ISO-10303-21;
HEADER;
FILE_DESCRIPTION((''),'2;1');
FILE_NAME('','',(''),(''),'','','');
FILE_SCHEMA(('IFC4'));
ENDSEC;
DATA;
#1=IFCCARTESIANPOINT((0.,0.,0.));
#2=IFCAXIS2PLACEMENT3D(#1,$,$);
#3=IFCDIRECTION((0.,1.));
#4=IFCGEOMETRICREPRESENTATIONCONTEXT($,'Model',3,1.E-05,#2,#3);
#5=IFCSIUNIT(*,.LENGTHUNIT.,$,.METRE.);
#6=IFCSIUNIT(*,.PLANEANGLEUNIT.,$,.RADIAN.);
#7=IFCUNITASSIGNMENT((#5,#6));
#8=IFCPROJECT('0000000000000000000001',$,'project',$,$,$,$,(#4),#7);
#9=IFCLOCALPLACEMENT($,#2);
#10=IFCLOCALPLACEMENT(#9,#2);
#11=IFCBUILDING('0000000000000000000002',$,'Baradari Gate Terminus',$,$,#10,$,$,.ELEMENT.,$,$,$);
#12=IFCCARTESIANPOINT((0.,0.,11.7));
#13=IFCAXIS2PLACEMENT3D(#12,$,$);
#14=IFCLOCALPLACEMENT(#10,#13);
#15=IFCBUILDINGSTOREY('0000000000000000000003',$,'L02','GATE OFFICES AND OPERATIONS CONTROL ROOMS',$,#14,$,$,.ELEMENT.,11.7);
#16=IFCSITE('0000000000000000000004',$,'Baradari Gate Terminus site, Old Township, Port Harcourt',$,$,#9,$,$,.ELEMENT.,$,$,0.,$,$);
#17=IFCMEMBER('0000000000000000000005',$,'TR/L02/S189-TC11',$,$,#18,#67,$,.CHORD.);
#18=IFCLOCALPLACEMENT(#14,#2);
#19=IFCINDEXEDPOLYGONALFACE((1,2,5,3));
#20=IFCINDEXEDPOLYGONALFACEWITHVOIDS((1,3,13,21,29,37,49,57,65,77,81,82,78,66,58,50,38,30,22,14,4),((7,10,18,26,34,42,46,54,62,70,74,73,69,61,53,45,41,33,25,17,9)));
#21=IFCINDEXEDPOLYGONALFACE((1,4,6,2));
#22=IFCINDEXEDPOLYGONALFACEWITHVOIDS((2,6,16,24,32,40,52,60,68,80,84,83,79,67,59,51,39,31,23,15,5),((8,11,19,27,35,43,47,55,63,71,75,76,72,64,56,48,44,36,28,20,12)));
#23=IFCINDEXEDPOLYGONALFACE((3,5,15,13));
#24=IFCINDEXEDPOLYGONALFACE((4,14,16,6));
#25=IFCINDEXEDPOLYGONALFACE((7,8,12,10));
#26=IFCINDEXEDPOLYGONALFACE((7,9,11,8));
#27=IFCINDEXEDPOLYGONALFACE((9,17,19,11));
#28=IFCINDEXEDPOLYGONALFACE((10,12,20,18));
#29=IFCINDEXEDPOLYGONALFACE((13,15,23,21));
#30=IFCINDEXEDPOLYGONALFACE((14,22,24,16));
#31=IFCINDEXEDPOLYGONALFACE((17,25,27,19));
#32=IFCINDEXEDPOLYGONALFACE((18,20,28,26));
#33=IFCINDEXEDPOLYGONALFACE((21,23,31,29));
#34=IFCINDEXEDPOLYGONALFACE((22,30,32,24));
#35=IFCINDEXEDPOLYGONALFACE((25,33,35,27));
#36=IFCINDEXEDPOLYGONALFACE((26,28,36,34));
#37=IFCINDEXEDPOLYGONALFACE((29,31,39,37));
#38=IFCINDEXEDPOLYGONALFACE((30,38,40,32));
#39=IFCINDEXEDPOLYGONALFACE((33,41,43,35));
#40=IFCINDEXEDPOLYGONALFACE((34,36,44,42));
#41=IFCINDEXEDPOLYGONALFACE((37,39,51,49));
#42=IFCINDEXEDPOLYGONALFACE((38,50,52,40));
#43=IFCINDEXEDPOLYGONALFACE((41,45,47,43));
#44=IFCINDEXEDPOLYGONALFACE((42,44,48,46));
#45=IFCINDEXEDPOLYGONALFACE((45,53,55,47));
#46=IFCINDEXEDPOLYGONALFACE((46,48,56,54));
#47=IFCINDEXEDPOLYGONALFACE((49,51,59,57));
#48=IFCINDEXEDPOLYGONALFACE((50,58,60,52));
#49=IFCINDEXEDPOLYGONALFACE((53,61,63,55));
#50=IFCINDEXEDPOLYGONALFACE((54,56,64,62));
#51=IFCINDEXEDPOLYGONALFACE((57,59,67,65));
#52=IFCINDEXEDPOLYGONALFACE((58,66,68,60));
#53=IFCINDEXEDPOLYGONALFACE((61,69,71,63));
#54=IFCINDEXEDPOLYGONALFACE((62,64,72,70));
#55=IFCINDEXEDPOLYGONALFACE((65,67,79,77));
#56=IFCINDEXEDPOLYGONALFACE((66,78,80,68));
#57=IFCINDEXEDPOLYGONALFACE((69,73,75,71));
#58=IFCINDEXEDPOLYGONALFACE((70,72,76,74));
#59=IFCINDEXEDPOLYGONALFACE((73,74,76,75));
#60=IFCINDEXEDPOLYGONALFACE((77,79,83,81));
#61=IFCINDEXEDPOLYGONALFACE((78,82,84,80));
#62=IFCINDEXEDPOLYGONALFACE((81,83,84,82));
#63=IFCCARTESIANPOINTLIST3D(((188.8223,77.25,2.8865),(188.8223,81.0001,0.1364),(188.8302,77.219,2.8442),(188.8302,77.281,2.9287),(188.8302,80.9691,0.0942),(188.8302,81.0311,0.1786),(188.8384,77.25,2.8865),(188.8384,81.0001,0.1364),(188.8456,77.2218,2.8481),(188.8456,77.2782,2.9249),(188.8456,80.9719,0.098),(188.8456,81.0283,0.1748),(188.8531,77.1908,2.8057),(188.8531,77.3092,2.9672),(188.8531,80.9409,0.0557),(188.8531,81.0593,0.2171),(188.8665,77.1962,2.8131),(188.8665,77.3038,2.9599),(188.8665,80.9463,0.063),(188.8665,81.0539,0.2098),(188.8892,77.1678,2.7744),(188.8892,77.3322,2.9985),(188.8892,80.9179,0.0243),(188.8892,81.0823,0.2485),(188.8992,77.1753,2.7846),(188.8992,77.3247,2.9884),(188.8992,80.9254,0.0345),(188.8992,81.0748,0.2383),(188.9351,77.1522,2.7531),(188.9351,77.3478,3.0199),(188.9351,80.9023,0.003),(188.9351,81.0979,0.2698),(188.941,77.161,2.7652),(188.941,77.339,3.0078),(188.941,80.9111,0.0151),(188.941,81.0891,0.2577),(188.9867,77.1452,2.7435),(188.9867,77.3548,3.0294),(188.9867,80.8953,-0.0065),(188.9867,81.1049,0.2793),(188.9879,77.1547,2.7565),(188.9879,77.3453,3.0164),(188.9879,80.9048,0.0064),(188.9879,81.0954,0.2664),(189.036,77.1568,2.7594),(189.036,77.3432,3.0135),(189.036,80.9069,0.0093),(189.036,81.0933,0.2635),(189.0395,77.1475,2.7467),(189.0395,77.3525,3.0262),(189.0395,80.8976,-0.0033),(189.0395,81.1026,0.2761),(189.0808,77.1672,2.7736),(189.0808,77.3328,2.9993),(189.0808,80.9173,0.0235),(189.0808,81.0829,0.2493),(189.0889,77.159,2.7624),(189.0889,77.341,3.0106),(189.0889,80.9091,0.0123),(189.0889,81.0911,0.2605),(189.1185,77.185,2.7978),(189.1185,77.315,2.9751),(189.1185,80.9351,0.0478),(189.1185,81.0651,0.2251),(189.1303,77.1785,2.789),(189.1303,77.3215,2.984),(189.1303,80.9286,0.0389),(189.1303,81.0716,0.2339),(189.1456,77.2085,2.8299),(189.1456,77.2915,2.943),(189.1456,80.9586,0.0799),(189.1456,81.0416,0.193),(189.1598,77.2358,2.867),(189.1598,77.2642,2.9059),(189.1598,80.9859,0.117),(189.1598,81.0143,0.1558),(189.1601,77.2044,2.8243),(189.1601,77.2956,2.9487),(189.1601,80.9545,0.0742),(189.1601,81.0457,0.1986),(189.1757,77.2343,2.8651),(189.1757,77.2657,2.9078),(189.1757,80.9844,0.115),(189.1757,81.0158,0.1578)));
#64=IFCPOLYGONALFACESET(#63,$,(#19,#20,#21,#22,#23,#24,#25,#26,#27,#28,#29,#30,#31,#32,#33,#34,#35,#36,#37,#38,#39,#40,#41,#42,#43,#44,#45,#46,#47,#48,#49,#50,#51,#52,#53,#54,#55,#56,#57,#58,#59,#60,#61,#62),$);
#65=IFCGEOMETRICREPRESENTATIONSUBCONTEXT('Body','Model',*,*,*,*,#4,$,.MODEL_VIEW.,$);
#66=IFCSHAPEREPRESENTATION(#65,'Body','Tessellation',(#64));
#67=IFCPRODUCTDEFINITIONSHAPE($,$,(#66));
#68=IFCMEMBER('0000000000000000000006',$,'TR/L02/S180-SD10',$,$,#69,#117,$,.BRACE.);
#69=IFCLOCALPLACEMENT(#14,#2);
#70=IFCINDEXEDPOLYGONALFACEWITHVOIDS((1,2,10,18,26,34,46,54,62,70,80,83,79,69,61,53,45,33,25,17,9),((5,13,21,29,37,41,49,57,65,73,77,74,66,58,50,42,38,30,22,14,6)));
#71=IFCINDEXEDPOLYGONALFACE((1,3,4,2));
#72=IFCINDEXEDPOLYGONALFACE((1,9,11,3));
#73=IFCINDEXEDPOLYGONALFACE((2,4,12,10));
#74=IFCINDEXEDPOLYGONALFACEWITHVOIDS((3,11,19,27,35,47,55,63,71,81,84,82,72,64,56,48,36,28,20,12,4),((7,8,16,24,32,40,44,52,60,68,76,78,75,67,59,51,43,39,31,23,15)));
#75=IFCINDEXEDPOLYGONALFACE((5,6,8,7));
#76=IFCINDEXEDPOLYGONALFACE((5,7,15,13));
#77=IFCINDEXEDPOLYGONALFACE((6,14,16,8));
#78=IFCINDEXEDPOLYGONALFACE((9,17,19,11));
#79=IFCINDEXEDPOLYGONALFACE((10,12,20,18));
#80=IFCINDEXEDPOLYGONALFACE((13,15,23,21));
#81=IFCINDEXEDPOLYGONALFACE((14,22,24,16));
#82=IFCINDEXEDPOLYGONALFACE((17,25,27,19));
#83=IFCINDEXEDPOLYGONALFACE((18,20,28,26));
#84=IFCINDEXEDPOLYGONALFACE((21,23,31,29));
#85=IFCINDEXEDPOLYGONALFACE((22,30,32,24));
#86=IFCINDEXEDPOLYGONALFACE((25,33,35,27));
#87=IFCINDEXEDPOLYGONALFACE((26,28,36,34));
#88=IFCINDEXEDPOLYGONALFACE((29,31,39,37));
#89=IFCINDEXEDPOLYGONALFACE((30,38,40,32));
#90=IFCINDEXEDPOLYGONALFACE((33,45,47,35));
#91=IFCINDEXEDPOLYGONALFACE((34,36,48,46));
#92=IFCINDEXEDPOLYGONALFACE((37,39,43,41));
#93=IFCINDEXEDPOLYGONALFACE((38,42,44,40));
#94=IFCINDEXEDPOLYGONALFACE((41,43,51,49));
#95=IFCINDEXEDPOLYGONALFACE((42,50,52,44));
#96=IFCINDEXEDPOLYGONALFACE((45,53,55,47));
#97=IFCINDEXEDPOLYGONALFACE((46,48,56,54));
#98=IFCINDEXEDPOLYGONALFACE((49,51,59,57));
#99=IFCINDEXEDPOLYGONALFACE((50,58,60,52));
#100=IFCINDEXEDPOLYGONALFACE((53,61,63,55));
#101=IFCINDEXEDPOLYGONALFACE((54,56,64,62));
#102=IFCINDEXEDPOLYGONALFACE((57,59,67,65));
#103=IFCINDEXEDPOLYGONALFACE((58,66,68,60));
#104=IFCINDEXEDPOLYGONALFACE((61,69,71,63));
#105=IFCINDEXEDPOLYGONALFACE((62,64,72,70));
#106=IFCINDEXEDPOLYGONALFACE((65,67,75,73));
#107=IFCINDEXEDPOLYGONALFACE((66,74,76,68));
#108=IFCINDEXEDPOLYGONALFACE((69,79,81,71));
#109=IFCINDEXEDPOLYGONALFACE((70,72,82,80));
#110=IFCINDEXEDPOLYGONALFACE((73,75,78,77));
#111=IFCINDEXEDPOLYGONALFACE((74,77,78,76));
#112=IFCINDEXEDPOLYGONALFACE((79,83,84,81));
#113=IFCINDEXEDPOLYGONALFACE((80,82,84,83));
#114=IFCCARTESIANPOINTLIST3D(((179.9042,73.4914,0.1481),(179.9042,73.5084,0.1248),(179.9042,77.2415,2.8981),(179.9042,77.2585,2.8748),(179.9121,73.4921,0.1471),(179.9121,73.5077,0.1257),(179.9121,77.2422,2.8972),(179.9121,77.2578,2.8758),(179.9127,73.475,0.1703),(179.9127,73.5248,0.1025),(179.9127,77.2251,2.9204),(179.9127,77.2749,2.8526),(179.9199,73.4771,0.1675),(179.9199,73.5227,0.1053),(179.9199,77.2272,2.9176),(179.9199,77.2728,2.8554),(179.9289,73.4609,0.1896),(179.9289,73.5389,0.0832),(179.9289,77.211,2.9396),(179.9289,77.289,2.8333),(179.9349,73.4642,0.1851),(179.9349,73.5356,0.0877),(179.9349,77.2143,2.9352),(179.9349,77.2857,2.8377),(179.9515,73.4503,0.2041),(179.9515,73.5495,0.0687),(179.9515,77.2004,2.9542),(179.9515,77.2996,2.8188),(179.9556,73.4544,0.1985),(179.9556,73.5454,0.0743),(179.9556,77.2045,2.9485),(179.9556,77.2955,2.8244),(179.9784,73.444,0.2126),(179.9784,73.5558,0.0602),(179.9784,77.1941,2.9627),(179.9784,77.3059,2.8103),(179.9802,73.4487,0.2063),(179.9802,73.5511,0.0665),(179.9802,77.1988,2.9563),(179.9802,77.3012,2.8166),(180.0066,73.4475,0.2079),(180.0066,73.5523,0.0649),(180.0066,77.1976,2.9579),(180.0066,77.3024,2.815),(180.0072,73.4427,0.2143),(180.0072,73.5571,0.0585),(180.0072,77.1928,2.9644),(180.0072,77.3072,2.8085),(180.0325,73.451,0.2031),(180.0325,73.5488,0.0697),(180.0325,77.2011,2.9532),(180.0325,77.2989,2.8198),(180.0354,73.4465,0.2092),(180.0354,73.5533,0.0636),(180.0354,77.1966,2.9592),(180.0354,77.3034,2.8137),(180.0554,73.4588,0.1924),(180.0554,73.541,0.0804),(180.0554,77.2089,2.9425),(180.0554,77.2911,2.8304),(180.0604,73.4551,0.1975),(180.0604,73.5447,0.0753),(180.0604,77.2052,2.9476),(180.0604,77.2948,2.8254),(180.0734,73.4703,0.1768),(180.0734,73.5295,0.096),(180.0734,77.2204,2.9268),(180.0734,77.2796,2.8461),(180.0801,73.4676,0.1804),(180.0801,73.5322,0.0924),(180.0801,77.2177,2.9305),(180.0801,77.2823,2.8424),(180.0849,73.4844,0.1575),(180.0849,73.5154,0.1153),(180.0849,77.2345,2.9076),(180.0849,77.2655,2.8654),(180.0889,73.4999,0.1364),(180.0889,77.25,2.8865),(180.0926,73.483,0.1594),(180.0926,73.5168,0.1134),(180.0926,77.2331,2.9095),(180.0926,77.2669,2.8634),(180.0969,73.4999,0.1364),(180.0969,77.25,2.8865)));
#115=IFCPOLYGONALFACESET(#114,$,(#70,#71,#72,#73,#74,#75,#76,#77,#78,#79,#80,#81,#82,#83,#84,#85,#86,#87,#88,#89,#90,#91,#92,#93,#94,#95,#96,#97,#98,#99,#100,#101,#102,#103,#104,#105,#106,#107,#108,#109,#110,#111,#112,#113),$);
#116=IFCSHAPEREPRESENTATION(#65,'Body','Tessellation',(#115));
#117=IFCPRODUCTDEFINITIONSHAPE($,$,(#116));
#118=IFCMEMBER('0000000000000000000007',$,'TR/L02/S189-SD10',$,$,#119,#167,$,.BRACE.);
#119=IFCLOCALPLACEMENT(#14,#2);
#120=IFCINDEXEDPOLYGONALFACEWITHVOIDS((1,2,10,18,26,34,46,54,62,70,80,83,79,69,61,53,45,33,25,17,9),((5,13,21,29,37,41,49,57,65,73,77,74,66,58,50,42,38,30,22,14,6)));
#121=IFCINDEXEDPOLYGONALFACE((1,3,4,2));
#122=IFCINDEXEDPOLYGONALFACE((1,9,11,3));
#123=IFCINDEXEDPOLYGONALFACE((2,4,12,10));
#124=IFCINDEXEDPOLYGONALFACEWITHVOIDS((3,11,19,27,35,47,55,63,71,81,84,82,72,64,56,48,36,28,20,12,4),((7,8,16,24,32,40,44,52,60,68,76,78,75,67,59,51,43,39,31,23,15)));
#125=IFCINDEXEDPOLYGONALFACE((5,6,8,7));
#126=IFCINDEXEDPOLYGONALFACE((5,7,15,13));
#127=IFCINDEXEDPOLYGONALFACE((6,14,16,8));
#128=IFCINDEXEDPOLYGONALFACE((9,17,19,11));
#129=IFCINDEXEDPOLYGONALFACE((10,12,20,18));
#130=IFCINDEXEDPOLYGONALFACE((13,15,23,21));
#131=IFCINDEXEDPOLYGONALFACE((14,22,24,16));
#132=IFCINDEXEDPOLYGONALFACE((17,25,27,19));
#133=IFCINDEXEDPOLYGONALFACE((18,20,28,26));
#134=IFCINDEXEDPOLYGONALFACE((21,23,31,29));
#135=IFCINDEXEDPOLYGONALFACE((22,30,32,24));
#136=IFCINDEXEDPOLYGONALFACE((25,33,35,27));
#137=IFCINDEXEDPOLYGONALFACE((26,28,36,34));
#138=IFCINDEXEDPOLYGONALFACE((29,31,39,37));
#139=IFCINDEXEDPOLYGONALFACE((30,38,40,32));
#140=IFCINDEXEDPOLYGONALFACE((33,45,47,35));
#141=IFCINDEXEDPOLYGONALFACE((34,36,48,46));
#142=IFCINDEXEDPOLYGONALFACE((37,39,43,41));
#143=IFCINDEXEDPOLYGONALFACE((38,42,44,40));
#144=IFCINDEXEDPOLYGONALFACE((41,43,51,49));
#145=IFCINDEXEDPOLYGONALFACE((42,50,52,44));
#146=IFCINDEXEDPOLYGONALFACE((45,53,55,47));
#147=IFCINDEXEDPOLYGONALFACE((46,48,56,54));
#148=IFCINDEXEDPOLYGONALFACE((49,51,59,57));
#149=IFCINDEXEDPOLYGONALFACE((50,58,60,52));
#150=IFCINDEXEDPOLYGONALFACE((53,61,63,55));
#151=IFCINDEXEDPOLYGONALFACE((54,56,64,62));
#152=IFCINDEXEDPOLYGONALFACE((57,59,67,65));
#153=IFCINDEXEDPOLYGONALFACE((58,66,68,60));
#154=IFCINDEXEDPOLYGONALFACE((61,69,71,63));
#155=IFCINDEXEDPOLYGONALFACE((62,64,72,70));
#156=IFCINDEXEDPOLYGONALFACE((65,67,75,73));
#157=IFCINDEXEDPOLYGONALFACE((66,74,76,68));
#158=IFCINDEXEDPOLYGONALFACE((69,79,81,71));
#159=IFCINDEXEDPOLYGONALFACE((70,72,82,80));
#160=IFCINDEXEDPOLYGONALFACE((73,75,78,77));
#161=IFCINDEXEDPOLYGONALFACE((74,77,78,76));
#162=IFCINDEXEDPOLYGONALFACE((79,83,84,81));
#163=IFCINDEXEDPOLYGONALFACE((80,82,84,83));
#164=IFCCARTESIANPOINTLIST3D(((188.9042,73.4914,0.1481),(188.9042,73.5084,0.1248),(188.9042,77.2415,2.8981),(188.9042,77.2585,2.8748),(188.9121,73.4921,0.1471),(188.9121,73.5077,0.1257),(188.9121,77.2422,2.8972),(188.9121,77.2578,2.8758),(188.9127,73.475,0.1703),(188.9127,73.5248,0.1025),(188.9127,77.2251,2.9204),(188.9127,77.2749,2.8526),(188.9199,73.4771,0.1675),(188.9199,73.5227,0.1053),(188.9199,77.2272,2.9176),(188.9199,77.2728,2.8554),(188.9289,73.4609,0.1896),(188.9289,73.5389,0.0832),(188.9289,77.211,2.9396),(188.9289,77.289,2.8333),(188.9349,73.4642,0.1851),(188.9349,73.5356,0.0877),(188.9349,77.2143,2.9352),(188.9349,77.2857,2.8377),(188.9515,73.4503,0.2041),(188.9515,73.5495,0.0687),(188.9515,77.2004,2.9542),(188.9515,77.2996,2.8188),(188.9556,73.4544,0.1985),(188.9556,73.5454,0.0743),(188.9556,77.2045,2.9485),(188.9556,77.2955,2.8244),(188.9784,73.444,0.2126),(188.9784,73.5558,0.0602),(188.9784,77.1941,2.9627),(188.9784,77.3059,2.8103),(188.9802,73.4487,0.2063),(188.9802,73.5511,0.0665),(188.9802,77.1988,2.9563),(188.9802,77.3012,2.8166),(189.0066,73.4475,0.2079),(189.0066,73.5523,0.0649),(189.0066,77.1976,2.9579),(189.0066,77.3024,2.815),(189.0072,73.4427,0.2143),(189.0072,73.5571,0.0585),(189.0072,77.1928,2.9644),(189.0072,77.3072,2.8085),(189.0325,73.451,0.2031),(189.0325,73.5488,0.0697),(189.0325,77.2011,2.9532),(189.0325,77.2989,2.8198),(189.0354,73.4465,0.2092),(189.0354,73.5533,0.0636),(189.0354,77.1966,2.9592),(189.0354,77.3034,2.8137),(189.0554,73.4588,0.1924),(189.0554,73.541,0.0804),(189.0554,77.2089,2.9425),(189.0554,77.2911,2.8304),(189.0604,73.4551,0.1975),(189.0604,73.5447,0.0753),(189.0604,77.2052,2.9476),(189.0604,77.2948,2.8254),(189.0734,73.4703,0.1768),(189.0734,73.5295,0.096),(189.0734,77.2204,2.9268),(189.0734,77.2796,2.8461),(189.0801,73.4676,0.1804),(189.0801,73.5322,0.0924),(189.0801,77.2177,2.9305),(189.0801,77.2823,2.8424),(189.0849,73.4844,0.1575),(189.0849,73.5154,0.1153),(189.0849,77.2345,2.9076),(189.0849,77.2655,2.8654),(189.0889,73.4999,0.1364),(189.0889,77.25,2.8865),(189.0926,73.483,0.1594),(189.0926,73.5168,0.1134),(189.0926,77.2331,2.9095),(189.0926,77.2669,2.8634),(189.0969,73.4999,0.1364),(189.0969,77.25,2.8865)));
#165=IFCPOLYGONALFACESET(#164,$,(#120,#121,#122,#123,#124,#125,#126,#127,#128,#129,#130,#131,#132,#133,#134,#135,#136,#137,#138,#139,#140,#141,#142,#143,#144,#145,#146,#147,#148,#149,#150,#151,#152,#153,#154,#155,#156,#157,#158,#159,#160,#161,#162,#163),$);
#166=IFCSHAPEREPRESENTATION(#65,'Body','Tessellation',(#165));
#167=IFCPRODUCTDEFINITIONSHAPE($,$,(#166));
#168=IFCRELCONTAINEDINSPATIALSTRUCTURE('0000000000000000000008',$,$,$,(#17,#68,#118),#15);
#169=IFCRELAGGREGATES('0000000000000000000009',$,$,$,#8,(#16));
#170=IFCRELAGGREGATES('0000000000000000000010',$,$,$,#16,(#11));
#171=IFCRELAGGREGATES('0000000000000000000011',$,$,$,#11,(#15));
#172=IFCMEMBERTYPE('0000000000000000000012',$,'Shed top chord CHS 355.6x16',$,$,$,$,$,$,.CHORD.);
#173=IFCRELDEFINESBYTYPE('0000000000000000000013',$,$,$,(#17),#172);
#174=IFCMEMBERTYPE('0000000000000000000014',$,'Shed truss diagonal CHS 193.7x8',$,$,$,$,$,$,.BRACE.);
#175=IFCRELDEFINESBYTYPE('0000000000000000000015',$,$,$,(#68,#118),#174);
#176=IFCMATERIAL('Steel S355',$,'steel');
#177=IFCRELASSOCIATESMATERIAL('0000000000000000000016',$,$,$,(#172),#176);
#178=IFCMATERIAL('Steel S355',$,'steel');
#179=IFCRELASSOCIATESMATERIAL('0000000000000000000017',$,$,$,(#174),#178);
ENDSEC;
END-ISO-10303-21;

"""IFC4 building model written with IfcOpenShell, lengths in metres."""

from ifc_helpers import new_model, si_unit, direction, frame, origin, origin_2d, place, context, subcontext, project, spatial, hollow_circle, extrude, material, material_profile, profile_set, type_object, element, save


model = new_model("IFC4")

# Units and contexts
model_context = context("Model", 3, precision=1e-05, world=origin(), true_north=direction((0.0, 1.0)))
body_context = subcontext(model_context, "Body", "Model", "MODEL_VIEW")
ifc_project = project(units=[si_unit("LENGTHUNIT", "METRE"), si_unit("PLANEANGLEUNIT", "RADIAN")], contexts=[model_context])

# Site, building, storey
site_placement = place(None, origin())
site = spatial("IfcSite", under=ifc_project, at=site_placement, Name="Baradari Gate Terminus site, Old Township, Port Harcourt", CompositionType="ELEMENT", RefElevation=0.0)
building_placement = place(site_placement, origin())
building = spatial("IfcBuilding", under=site, at=building_placement, Name="Baradari Gate Terminus", CompositionType="ELEMENT")
storey_placement = place(building_placement, frame((0.0, 0.0, 11.7)))
storey = spatial("IfcBuildingStorey", under=building, at=storey_placement, Name="L02", Description="GATE OFFICES AND OPERATIONS CONTROL ROOMS", CompositionType="ELEMENT", Elevation=11.7)

# Members
ifc_material_1 = material(Name="Steel S355", Category="steel")
ifc_material_profile_1 = material_profile(ifc_material_1, hollow_circle(Radius=0.1777, WallThickness=0.0161, at=origin_2d()), Name="CHS 355.6x16")
ifc_profile_set_1 = profile_set([ifc_material_profile_1], Name="Steel S355")
member_type_1 = type_object("IfcMemberType", Name="Shed top chord CHS 355.6x16", PredefinedType="CHORD", material=ifc_profile_set_1)
for number, where, z_axis, x_axis, name in (
    (1, (189.0, 77.25, 2.8865), (0.0, 0.806405, -0.591364), (-1.0, 0.0, 0.0), "TR/L02/S189-TC11"),
):
    element("IfcMember", number, at=place(storey_placement, frame(where, z_axis=z_axis, x_axis=x_axis)), inside=storey, type_object=member_type_1, Name=name, PredefinedType="CHORD", context=body_context, shape_type="SweptSolid", body=[
        extrude(hollow_circle(Radius=0.1777, WallThickness=0.0161, at=origin_2d()), origin(), (0.0, 0.0, 1.0), 4.6504),
    ])
ifc_material_2 = material(Name="Steel S355", Category="steel")
ifc_material_profile_2 = material_profile(ifc_material_2, hollow_circle(Radius=0.0969, WallThickness=0.0081, at=origin_2d()), Name="CHS 193.7x8")
ifc_profile_set_2 = profile_set([ifc_material_profile_2], Name="Steel S355")
member_type_2 = type_object("IfcMemberType", Name="Shed truss diagonal CHS 193.7x8", PredefinedType="BRACE", material=ifc_profile_set_2)
for number, where, z_axis, x_axis, name in (
    (2, (180.0, 77.25, 2.8865), (0.0, -0.806405, -0.591364), (1.0, 0.0, 0.0), "TR/L02/S180-SD10"),
    (3, (189.0, 77.25, 2.8865), (0.0, -0.806405, -0.591364), (1.0, 0.0, 0.0), "TR/L02/S189-SD10"),
):
    element("IfcMember", number, at=place(storey_placement, frame(where, z_axis=z_axis, x_axis=x_axis)), inside=storey, type_object=member_type_2, Name=name, PredefinedType="BRACE", context=body_context, shape_type="SweptSolid", body=[
        extrude(hollow_circle(Radius=0.0969, WallThickness=0.0081, at=origin_2d()), origin(), (0.0, 0.0, 1.0), 4.6504),
    ])

save(model, "model.ifc")
